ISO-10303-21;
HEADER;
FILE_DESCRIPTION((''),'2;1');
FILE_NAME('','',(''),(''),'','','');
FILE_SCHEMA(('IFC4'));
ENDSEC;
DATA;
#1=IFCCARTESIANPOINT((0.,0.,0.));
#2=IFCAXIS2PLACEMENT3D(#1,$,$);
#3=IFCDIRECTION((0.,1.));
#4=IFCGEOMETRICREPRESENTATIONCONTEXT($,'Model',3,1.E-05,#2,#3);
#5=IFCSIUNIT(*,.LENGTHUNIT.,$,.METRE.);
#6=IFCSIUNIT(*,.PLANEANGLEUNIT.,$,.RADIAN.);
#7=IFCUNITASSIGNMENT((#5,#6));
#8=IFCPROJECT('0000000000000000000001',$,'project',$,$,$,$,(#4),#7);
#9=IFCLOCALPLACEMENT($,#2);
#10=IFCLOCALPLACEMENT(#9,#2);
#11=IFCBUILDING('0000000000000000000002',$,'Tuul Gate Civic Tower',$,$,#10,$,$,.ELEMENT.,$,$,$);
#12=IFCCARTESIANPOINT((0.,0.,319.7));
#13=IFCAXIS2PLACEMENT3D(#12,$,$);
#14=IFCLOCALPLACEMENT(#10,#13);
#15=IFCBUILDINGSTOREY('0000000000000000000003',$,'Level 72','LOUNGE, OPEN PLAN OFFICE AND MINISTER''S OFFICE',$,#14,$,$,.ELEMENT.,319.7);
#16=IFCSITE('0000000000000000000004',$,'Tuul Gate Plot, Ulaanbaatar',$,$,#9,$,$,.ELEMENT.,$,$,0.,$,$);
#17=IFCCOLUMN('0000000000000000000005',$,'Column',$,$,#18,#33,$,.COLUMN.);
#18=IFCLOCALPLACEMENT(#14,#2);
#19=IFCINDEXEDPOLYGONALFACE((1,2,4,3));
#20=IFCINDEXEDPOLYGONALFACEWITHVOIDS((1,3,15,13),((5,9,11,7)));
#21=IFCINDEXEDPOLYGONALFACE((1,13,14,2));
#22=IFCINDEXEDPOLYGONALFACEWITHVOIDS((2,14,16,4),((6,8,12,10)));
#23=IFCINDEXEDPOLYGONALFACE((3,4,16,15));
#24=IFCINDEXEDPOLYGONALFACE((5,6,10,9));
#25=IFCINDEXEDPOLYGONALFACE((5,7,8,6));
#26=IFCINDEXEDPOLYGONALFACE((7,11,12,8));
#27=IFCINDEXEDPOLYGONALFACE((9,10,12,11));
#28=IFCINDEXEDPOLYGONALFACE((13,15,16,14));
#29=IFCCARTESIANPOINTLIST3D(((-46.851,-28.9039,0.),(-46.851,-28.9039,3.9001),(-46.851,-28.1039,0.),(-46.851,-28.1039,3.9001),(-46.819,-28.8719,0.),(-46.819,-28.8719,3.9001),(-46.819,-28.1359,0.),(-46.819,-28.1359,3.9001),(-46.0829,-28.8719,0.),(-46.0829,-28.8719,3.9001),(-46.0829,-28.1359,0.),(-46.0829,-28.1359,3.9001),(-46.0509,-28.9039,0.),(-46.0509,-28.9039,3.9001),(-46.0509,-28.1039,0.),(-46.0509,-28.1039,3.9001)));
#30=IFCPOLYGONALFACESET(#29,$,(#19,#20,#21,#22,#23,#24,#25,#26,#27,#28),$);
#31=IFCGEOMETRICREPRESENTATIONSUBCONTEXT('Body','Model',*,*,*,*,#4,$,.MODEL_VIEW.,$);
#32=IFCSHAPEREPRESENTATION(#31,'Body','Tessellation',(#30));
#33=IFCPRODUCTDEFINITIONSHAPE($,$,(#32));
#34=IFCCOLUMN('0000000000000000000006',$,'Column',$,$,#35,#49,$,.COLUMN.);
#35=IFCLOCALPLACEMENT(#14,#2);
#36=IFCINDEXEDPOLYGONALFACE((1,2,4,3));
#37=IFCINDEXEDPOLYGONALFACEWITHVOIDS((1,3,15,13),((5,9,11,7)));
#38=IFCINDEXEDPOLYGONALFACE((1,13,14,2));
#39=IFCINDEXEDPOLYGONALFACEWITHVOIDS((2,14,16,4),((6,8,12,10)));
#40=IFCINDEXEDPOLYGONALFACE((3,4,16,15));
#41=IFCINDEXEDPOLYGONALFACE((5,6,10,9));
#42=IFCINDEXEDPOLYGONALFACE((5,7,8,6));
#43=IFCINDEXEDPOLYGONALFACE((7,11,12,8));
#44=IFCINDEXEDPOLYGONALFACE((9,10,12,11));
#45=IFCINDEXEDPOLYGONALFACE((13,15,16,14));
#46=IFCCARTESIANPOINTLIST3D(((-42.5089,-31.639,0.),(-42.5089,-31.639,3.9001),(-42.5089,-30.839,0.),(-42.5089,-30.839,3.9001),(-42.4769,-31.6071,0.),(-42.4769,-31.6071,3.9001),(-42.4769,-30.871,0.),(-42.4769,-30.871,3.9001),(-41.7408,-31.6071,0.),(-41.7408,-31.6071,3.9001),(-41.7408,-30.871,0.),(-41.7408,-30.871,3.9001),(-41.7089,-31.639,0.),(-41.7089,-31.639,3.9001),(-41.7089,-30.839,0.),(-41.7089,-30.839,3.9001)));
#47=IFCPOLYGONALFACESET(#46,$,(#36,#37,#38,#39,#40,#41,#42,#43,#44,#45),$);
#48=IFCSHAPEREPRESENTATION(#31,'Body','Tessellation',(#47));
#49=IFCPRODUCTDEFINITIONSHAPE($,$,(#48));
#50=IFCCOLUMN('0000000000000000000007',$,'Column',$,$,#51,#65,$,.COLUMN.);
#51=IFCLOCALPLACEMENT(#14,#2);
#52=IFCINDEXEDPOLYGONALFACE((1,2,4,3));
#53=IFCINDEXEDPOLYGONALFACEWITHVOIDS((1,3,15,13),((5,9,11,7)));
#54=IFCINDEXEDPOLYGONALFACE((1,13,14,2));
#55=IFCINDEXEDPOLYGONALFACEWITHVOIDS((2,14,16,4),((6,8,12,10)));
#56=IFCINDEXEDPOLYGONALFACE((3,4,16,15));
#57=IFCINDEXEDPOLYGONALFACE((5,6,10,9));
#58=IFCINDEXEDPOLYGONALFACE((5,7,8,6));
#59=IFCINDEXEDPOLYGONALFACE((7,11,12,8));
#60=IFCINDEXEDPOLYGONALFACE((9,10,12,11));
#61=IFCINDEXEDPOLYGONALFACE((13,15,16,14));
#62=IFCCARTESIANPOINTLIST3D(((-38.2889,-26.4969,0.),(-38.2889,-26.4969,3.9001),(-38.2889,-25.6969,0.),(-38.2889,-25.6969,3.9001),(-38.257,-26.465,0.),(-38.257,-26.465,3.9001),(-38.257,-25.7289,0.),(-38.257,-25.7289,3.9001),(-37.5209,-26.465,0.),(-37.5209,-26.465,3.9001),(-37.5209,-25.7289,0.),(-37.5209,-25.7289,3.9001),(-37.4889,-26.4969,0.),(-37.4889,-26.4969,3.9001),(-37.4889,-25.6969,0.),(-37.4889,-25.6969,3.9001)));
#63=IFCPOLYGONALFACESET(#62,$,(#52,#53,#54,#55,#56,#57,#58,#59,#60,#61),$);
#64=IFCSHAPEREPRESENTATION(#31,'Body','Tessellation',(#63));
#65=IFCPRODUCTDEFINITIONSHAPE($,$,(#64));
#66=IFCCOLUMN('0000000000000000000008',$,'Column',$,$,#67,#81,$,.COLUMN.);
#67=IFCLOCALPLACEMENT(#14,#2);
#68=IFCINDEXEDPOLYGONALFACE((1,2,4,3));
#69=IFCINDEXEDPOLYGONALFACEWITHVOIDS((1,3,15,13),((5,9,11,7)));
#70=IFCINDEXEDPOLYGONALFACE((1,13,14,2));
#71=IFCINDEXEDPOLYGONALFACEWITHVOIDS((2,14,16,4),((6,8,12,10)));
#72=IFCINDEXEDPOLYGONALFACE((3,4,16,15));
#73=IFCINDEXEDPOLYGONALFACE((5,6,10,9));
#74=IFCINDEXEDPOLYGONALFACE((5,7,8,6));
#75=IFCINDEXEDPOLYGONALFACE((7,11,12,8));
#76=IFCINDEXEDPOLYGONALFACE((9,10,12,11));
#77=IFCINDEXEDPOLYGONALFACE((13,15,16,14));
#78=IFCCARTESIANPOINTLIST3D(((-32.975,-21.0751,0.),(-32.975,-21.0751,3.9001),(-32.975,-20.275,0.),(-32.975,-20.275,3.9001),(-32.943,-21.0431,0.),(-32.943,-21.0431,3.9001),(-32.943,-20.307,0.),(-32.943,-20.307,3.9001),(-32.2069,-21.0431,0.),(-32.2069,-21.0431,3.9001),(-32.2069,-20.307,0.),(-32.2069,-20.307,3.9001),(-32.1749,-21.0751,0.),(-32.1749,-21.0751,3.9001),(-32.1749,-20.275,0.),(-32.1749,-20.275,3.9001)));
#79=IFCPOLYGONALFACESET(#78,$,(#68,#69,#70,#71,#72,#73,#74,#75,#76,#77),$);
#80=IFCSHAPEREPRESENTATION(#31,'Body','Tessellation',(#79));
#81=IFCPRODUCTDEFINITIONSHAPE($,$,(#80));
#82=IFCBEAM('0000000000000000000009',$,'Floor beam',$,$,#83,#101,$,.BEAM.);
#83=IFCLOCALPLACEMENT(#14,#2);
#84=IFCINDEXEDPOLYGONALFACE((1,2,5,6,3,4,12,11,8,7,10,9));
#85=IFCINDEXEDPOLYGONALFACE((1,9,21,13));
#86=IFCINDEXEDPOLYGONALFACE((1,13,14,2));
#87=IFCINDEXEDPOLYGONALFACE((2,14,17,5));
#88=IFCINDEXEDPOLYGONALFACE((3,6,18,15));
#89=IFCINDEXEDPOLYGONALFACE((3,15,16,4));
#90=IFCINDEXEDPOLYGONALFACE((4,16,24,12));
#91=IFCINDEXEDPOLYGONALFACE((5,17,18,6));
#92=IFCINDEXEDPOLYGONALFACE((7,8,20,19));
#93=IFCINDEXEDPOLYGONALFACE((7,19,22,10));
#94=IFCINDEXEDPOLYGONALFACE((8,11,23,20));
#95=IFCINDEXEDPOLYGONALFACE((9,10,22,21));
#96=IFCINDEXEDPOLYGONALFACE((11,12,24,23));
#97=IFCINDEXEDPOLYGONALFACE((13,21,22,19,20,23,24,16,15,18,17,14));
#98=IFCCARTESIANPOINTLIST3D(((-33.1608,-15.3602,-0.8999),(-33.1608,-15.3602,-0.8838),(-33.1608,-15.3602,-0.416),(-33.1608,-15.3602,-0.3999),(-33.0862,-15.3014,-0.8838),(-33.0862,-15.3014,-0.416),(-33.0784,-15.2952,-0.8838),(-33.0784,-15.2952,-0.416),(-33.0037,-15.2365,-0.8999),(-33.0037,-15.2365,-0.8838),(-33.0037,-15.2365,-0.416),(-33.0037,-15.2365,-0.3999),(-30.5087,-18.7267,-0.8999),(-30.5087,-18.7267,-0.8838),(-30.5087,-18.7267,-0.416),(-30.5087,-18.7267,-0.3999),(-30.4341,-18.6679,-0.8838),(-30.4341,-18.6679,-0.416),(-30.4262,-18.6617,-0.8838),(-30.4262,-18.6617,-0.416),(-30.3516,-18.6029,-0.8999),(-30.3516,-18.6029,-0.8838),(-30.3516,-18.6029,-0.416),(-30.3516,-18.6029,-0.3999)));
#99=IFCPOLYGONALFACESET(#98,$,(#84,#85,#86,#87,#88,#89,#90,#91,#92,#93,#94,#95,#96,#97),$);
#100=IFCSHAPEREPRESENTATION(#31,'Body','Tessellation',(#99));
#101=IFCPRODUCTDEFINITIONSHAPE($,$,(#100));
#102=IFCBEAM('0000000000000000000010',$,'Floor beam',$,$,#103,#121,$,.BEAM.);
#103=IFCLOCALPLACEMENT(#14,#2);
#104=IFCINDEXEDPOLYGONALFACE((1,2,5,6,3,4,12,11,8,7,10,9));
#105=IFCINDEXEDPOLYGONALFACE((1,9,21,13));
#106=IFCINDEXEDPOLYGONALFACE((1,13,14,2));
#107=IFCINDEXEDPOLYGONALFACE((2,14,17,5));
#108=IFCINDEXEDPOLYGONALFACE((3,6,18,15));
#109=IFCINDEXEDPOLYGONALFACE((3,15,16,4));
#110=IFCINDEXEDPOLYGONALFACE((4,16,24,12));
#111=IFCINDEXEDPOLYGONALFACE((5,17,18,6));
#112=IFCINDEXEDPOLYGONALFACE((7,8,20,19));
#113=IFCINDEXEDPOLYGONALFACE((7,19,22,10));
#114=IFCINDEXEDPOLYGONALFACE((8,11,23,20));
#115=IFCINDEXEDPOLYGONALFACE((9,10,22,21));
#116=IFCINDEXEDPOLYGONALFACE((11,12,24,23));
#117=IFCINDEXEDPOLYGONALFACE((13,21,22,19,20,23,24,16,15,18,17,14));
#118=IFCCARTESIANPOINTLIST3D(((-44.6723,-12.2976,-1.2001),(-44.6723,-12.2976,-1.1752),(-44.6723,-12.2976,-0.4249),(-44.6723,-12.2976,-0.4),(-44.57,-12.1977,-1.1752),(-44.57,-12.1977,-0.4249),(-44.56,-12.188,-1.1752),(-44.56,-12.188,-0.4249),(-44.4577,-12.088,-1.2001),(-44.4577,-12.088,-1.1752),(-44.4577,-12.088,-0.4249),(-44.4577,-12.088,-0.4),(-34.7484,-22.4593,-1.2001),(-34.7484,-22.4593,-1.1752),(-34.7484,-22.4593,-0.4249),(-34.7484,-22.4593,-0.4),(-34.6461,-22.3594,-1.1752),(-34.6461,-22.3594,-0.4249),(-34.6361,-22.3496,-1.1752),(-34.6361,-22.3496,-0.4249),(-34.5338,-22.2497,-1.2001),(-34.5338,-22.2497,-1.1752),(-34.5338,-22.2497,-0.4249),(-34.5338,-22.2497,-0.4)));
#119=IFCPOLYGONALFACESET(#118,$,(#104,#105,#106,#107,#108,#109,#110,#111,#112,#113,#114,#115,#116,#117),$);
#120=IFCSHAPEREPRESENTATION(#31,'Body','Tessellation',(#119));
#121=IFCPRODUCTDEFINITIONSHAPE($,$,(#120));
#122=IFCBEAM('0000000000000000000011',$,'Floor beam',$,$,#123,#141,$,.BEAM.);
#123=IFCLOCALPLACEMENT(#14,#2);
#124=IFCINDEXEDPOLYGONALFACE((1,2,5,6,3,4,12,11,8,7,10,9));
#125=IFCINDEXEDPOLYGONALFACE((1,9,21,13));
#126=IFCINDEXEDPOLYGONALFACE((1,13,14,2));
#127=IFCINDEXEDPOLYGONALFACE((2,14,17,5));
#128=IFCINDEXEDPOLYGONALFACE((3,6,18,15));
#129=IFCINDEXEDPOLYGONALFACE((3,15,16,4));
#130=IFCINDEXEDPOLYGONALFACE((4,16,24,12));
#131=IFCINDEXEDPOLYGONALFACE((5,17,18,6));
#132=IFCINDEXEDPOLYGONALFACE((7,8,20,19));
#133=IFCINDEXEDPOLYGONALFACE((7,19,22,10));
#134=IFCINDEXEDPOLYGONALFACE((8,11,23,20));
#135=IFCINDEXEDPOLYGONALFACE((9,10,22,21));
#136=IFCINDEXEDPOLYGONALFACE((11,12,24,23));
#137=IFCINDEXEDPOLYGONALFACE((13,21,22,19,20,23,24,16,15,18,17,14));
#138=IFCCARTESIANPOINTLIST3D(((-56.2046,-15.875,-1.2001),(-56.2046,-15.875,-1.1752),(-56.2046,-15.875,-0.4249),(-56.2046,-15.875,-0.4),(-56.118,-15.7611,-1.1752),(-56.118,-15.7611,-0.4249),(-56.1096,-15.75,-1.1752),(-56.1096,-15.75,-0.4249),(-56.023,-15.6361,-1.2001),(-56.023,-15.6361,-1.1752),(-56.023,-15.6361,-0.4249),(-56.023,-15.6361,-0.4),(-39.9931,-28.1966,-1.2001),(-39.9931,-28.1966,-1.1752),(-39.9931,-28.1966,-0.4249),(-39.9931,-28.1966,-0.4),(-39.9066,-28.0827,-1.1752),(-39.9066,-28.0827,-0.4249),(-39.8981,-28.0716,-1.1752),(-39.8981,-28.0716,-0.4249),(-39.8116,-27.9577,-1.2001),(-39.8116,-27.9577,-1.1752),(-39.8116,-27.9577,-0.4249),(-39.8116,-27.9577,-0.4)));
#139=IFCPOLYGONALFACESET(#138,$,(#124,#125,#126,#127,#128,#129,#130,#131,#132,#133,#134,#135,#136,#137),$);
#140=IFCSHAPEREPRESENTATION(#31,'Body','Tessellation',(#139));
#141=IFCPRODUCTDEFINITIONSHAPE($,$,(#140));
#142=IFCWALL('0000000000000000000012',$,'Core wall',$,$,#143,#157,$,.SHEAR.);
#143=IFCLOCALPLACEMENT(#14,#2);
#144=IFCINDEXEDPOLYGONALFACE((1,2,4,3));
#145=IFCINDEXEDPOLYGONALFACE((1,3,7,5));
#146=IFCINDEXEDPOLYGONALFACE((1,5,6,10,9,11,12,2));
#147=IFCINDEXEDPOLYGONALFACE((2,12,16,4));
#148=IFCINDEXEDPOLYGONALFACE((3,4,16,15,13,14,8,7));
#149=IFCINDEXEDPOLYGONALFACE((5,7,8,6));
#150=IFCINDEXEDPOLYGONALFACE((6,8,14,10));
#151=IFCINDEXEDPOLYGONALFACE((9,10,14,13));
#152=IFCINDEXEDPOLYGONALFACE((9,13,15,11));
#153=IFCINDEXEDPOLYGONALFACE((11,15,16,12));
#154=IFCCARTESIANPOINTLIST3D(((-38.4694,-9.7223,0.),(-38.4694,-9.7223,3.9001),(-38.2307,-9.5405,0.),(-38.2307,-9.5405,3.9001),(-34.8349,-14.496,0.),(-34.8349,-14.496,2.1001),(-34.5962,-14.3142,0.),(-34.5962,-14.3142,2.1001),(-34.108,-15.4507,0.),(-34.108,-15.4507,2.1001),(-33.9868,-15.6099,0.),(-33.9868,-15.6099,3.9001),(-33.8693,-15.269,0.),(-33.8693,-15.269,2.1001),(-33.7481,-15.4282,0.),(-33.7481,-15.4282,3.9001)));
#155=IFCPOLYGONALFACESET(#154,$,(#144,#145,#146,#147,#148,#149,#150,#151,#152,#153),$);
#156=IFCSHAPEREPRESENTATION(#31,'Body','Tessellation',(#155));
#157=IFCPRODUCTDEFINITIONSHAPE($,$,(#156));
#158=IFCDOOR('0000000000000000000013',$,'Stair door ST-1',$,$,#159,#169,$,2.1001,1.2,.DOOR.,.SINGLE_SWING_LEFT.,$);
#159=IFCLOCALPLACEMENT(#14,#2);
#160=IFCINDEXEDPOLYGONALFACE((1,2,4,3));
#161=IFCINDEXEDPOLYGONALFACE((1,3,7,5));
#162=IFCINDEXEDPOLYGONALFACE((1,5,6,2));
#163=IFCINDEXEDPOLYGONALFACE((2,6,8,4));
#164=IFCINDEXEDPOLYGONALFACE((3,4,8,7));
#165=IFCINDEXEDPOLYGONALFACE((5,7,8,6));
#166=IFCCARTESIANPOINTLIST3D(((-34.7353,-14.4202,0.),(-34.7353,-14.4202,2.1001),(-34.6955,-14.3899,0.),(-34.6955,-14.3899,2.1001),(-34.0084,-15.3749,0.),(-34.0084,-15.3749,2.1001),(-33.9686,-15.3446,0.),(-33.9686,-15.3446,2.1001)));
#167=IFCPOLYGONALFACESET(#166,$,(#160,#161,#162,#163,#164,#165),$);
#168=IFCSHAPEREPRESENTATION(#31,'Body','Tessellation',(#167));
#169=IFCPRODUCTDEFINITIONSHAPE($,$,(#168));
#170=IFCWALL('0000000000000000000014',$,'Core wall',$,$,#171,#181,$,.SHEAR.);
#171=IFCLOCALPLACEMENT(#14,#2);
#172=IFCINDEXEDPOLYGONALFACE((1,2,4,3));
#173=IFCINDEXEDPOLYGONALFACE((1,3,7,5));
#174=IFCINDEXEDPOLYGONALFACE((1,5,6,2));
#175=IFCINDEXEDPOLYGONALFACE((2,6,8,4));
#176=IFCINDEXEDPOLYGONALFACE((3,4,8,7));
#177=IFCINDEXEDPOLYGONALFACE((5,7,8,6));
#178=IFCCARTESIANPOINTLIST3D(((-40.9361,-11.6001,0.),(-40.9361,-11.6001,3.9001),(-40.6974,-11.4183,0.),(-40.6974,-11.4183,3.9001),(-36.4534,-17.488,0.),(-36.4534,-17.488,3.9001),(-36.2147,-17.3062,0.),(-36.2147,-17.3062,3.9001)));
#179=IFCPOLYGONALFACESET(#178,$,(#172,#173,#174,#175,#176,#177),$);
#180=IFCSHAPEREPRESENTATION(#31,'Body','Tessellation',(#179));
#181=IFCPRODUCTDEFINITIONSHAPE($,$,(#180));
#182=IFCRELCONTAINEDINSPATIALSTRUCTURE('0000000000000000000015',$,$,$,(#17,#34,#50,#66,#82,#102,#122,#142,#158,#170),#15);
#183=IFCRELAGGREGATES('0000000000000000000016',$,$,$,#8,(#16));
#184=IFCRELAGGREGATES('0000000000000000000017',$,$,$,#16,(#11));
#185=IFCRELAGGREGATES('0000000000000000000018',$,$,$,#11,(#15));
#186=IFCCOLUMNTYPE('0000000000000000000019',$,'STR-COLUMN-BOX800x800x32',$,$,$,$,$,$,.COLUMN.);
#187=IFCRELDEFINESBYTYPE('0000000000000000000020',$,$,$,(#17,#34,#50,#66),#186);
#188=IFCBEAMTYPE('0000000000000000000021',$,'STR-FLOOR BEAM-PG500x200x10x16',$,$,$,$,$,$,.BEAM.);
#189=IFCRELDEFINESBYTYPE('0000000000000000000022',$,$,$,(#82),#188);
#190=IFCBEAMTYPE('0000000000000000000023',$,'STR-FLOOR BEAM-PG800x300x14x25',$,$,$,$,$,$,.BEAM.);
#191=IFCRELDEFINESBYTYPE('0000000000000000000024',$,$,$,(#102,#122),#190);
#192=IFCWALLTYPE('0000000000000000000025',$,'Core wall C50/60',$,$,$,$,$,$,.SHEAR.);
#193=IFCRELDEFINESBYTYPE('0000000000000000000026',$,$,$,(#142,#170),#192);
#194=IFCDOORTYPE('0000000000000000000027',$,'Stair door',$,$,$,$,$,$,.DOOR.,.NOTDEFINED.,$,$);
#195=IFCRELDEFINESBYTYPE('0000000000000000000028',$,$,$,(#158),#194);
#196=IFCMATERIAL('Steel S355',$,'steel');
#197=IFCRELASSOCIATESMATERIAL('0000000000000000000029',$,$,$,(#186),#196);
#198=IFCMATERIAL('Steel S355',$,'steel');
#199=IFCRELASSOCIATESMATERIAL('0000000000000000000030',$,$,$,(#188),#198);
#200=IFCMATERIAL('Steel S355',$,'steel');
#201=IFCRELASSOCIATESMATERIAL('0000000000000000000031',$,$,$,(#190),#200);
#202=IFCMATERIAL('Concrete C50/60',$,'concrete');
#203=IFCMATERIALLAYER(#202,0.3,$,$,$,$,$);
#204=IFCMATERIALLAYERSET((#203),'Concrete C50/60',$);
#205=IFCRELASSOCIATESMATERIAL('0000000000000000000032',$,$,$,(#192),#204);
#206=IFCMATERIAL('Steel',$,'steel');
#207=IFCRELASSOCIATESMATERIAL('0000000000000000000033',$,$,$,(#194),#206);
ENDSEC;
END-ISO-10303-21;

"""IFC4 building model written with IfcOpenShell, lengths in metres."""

from ifc_helpers import new_model, si_unit, direction, frame, frame_2d, origin, origin_2d, place, context, subcontext, project, spatial, rectangle, hollow_rectangle, i_section, extrude, material, layer, layer_set, material_profile, profile_set, type_object, element, fill, save


model = new_model("IFC4")

# Units and contexts
model_context = context("Model", 3, precision=1e-05, world=origin(), true_north=direction((0.0, 1.0)))
body_context = subcontext(model_context, "Body", "Model", "MODEL_VIEW")
ifc_project = project(units=[si_unit("LENGTHUNIT", "METRE"), si_unit("PLANEANGLEUNIT", "RADIAN")], contexts=[model_context])

# Site, building, storey
site_placement = place(None, origin())
site = spatial("IfcSite", under=ifc_project, at=site_placement, Name="Tuul Gate Plot, Ulaanbaatar", CompositionType="ELEMENT", RefElevation=0.0)
building_placement = place(site_placement, origin())
building = spatial("IfcBuilding", under=site, at=building_placement, Name="Tuul Gate Civic Tower", CompositionType="ELEMENT")
storey_placement = place(building_placement, frame((0.0, 0.0, 319.7)))
storey = spatial("IfcBuildingStorey", under=building, at=storey_placement, Name="Level 72", Description="LOUNGE, OPEN PLAN OFFICE AND MINISTER'S OFFICE", CompositionType="ELEMENT", Elevation=319.7)

# Columns
ifc_material_1 = material(Name="Steel S355", Category="steel")
ifc_material_profile_1 = material_profile(ifc_material_1, hollow_rectangle(XDim=0.8, YDim=0.8, WallThickness=0.032, at=origin_2d()), Name="BOX800x800x32")
ifc_profile_set_1 = profile_set([ifc_material_profile_1], Name="Steel S355")
column_type = type_object("IfcColumnType", Name="STR-COLUMN-BOX800x800x32", PredefinedType="COLUMN", material=ifc_profile_set_1)
for number, where, z_axis, x_axis, name in (
    (1, (-46.4509, -28.5039, 0.0), (0.0, 0.0, 1.0), (1.0, 0.0, 0.0), "Column"),
    (2, (-42.1089, -31.239, 0.0), (0.0, 0.0, 1.0), (1.0, 0.0, 0.0), "Column"),
    (3, (-37.8889, -26.0969, 0.0), (0.0, 0.0, 1.0), (1.0, 0.0, 0.0), "Column"),
    (4, (-32.575, -20.675, 0.0), (0.0, 0.0, 1.0), (1.0, 0.0, 0.0), "Column"),
):
    element("IfcColumn", number, at=place(storey_placement, frame(where, z_axis=z_axis, x_axis=x_axis)), inside=storey, type_object=column_type, Name=name, PredefinedType="COLUMN", context=body_context, shape_type="SweptSolid", body=[
        extrude(hollow_rectangle(XDim=0.8, YDim=0.8, WallThickness=0.032, at=origin_2d()), origin(), (0.0, 0.0, 1.0), 3.9001),
    ])

# Beams
ifc_material_2 = material(Name="Steel S355", Category="steel")
ifc_material_profile_2 = material_profile(ifc_material_2, i_section(OverallWidth=0.2, OverallDepth=0.5, WebThickness=0.01, FlangeThickness=0.0161, at=origin_2d()), Name="PG500x200x10x16")
ifc_profile_set_2 = profile_set([ifc_material_profile_2], Name="Steel S355")
beam_type_1 = type_object("IfcBeamType", Name="STR-FLOOR BEAM-PG500x200x10x16", PredefinedType="BEAM", material=ifc_profile_set_2)
beam_1_placement = place(storey_placement, frame((-30.4302, -18.6648, -0.6499), z_axis=(-0.618835, 0.785521, 0.0), x_axis=(-0.785521, -0.618835, 0.0)))
element("IfcBeam", 5, at=beam_1_placement, inside=storey, type_object=beam_type_1, Name="Floor beam", PredefinedType="BEAM", context=body_context, shape_type="SweptSolid", body=[
    extrude(i_section(OverallWidth=0.2, OverallDepth=0.5, WebThickness=0.01, FlangeThickness=0.0161, at=origin_2d()), origin(), (0.0, 0.0, 1.0), 4.2856),
])
ifc_material_3 = material(Name="Steel S355", Category="steel")
ifc_material_profile_3 = material_profile(ifc_material_3, i_section(OverallWidth=0.3, OverallDepth=0.8, WebThickness=0.0139, FlangeThickness=0.0249, at=origin_2d()), Name="PG800x300x14x25")
ifc_profile_set_3 = profile_set([ifc_material_profile_3], Name="Steel S355")
beam_type_2 = type_object("IfcBeamType", Name="STR-FLOOR BEAM-PG800x300x14x25", PredefinedType="BEAM", material=ifc_profile_set_3)
beam_2_placement = place(storey_placement, frame((-34.6411, -22.3545, -0.8), z_axis=(-0.698686, 0.715428, 0.0), x_axis=(-0.715428, -0.698686, 0.0)))
element("IfcBeam", 6, at=beam_2_placement, inside=storey, type_object=beam_type_2, Name="Floor beam", PredefinedType="BEAM", context=body_context, shape_type="SweptSolid", body=[
    extrude(i_section(OverallWidth=0.3, OverallDepth=0.8, WebThickness=0.0139, FlangeThickness=0.0249, at=origin_2d()), origin(), (0.0, 0.0, 1.0), 14.2036),
])
beam_3_placement = place(storey_placement, frame((-39.9023, -28.0771, -0.8), z_axis=(-0.796142, 0.60511, 0.0), x_axis=(-0.60511, -0.796142, 0.0)))
element("IfcBeam", 7, at=beam_3_placement, inside=storey, type_object=beam_type_2, Name="Floor beam", PredefinedType="BEAM", context=body_context, shape_type="SweptSolid", body=[
    extrude(i_section(OverallWidth=0.3, OverallDepth=0.8, WebThickness=0.0139, FlangeThickness=0.0249, at=origin_2d()), origin(), (0.0, 0.0, 1.0), 20.3625),
])

# Wall, opening, door
ifc_material_4 = material(Name="Concrete C50/60", Category="concrete")
ifc_layer_1 = layer(ifc_material_4, 0.3)
ifc_layer_set_1 = layer_set([ifc_layer_1], Name="Concrete C50/60")
wall_type_1 = type_object("IfcWallType", Name="Core wall C50/60", PredefinedType="SHEAR", material=ifc_layer_set_1)
wall_1_placement = place(storey_placement, frame((-33.8674, -15.519, 0.0), z_axis=(0.0, 0.0, 1.0), x_axis=(-0.60577, 0.79564, 0.0)))
wall_1 = element("IfcWall", 8, at=wall_1_placement, inside=storey, type_object=wall_type_1, Name="Core wall", PredefinedType="SHEAR", context=body_context, shape_type="SweptSolid", body=[
    extrude(rectangle(XDim=7.3999, YDim=0.3, at=frame_2d((3.7, 0.0))), origin(), (0.0, 0.0, 1.0), 3.9001),
])
opening_1_placement = place(wall_1_placement, frame((0.2, 0.0, 0.0)))
opening_1 = element("IfcOpeningElement", 9, at=opening_1_placement, cuts=wall_1, PredefinedType="OPENING", context=body_context, shape_type="SweptSolid", body=[
    extrude(rectangle(XDim=1.2, YDim=2.1001, at=frame_2d((0.6001, 1.05))), frame((0.0, 0.1602, 0.0), z_axis=(0.0, -1.0, 0.0), x_axis=(1.0, 0.0, 0.0)), (0.0, 0.0, 1.0), 0.3201),
])
ifc_material_5 = material(Name="Steel", Category="steel")
door_type = type_object("IfcDoorType", Name="Stair door", OperationType="NOTDEFINED", PredefinedType="DOOR", material=ifc_material_5)
door_placement = place(opening_1_placement, origin())
door = element("IfcDoor", 10, at=door_placement, inside=storey, type_object=door_type, Name="Stair door ST-1", OperationType="SINGLE_SWING_LEFT", OverallHeight=2.1001, OverallWidth=1.2, PredefinedType="DOOR", context=body_context, shape_type="SweptSolid", body=[
    extrude(rectangle(XDim=1.2, YDim=2.1001, at=frame_2d((0.6001, 1.05))), frame((0.0, 0.0249, 0.0), z_axis=(0.0, -1.0, 0.0), x_axis=(1.0, 0.0, 0.0)), (0.0, 0.0, 1.0), 0.05),
])
fill(opening_1, door)

# Wall
wall_2_placement = place(storey_placement, frame((-36.334, -17.3972, 0.0), z_axis=(0.0, 0.0, 1.0), x_axis=(-0.605754, 0.795652, 0.0)))
element("IfcWall", 11, at=wall_2_placement, inside=storey, type_object=wall_type_1, Name="Core wall", PredefinedType="SHEAR", context=body_context, shape_type="SweptSolid", body=[
    extrude(rectangle(XDim=7.4001, YDim=0.3, at=frame_2d((3.7002, 0.0))), origin(), (0.0, 0.0, 1.0), 3.9001),
])

save(model, "model.ifc")
